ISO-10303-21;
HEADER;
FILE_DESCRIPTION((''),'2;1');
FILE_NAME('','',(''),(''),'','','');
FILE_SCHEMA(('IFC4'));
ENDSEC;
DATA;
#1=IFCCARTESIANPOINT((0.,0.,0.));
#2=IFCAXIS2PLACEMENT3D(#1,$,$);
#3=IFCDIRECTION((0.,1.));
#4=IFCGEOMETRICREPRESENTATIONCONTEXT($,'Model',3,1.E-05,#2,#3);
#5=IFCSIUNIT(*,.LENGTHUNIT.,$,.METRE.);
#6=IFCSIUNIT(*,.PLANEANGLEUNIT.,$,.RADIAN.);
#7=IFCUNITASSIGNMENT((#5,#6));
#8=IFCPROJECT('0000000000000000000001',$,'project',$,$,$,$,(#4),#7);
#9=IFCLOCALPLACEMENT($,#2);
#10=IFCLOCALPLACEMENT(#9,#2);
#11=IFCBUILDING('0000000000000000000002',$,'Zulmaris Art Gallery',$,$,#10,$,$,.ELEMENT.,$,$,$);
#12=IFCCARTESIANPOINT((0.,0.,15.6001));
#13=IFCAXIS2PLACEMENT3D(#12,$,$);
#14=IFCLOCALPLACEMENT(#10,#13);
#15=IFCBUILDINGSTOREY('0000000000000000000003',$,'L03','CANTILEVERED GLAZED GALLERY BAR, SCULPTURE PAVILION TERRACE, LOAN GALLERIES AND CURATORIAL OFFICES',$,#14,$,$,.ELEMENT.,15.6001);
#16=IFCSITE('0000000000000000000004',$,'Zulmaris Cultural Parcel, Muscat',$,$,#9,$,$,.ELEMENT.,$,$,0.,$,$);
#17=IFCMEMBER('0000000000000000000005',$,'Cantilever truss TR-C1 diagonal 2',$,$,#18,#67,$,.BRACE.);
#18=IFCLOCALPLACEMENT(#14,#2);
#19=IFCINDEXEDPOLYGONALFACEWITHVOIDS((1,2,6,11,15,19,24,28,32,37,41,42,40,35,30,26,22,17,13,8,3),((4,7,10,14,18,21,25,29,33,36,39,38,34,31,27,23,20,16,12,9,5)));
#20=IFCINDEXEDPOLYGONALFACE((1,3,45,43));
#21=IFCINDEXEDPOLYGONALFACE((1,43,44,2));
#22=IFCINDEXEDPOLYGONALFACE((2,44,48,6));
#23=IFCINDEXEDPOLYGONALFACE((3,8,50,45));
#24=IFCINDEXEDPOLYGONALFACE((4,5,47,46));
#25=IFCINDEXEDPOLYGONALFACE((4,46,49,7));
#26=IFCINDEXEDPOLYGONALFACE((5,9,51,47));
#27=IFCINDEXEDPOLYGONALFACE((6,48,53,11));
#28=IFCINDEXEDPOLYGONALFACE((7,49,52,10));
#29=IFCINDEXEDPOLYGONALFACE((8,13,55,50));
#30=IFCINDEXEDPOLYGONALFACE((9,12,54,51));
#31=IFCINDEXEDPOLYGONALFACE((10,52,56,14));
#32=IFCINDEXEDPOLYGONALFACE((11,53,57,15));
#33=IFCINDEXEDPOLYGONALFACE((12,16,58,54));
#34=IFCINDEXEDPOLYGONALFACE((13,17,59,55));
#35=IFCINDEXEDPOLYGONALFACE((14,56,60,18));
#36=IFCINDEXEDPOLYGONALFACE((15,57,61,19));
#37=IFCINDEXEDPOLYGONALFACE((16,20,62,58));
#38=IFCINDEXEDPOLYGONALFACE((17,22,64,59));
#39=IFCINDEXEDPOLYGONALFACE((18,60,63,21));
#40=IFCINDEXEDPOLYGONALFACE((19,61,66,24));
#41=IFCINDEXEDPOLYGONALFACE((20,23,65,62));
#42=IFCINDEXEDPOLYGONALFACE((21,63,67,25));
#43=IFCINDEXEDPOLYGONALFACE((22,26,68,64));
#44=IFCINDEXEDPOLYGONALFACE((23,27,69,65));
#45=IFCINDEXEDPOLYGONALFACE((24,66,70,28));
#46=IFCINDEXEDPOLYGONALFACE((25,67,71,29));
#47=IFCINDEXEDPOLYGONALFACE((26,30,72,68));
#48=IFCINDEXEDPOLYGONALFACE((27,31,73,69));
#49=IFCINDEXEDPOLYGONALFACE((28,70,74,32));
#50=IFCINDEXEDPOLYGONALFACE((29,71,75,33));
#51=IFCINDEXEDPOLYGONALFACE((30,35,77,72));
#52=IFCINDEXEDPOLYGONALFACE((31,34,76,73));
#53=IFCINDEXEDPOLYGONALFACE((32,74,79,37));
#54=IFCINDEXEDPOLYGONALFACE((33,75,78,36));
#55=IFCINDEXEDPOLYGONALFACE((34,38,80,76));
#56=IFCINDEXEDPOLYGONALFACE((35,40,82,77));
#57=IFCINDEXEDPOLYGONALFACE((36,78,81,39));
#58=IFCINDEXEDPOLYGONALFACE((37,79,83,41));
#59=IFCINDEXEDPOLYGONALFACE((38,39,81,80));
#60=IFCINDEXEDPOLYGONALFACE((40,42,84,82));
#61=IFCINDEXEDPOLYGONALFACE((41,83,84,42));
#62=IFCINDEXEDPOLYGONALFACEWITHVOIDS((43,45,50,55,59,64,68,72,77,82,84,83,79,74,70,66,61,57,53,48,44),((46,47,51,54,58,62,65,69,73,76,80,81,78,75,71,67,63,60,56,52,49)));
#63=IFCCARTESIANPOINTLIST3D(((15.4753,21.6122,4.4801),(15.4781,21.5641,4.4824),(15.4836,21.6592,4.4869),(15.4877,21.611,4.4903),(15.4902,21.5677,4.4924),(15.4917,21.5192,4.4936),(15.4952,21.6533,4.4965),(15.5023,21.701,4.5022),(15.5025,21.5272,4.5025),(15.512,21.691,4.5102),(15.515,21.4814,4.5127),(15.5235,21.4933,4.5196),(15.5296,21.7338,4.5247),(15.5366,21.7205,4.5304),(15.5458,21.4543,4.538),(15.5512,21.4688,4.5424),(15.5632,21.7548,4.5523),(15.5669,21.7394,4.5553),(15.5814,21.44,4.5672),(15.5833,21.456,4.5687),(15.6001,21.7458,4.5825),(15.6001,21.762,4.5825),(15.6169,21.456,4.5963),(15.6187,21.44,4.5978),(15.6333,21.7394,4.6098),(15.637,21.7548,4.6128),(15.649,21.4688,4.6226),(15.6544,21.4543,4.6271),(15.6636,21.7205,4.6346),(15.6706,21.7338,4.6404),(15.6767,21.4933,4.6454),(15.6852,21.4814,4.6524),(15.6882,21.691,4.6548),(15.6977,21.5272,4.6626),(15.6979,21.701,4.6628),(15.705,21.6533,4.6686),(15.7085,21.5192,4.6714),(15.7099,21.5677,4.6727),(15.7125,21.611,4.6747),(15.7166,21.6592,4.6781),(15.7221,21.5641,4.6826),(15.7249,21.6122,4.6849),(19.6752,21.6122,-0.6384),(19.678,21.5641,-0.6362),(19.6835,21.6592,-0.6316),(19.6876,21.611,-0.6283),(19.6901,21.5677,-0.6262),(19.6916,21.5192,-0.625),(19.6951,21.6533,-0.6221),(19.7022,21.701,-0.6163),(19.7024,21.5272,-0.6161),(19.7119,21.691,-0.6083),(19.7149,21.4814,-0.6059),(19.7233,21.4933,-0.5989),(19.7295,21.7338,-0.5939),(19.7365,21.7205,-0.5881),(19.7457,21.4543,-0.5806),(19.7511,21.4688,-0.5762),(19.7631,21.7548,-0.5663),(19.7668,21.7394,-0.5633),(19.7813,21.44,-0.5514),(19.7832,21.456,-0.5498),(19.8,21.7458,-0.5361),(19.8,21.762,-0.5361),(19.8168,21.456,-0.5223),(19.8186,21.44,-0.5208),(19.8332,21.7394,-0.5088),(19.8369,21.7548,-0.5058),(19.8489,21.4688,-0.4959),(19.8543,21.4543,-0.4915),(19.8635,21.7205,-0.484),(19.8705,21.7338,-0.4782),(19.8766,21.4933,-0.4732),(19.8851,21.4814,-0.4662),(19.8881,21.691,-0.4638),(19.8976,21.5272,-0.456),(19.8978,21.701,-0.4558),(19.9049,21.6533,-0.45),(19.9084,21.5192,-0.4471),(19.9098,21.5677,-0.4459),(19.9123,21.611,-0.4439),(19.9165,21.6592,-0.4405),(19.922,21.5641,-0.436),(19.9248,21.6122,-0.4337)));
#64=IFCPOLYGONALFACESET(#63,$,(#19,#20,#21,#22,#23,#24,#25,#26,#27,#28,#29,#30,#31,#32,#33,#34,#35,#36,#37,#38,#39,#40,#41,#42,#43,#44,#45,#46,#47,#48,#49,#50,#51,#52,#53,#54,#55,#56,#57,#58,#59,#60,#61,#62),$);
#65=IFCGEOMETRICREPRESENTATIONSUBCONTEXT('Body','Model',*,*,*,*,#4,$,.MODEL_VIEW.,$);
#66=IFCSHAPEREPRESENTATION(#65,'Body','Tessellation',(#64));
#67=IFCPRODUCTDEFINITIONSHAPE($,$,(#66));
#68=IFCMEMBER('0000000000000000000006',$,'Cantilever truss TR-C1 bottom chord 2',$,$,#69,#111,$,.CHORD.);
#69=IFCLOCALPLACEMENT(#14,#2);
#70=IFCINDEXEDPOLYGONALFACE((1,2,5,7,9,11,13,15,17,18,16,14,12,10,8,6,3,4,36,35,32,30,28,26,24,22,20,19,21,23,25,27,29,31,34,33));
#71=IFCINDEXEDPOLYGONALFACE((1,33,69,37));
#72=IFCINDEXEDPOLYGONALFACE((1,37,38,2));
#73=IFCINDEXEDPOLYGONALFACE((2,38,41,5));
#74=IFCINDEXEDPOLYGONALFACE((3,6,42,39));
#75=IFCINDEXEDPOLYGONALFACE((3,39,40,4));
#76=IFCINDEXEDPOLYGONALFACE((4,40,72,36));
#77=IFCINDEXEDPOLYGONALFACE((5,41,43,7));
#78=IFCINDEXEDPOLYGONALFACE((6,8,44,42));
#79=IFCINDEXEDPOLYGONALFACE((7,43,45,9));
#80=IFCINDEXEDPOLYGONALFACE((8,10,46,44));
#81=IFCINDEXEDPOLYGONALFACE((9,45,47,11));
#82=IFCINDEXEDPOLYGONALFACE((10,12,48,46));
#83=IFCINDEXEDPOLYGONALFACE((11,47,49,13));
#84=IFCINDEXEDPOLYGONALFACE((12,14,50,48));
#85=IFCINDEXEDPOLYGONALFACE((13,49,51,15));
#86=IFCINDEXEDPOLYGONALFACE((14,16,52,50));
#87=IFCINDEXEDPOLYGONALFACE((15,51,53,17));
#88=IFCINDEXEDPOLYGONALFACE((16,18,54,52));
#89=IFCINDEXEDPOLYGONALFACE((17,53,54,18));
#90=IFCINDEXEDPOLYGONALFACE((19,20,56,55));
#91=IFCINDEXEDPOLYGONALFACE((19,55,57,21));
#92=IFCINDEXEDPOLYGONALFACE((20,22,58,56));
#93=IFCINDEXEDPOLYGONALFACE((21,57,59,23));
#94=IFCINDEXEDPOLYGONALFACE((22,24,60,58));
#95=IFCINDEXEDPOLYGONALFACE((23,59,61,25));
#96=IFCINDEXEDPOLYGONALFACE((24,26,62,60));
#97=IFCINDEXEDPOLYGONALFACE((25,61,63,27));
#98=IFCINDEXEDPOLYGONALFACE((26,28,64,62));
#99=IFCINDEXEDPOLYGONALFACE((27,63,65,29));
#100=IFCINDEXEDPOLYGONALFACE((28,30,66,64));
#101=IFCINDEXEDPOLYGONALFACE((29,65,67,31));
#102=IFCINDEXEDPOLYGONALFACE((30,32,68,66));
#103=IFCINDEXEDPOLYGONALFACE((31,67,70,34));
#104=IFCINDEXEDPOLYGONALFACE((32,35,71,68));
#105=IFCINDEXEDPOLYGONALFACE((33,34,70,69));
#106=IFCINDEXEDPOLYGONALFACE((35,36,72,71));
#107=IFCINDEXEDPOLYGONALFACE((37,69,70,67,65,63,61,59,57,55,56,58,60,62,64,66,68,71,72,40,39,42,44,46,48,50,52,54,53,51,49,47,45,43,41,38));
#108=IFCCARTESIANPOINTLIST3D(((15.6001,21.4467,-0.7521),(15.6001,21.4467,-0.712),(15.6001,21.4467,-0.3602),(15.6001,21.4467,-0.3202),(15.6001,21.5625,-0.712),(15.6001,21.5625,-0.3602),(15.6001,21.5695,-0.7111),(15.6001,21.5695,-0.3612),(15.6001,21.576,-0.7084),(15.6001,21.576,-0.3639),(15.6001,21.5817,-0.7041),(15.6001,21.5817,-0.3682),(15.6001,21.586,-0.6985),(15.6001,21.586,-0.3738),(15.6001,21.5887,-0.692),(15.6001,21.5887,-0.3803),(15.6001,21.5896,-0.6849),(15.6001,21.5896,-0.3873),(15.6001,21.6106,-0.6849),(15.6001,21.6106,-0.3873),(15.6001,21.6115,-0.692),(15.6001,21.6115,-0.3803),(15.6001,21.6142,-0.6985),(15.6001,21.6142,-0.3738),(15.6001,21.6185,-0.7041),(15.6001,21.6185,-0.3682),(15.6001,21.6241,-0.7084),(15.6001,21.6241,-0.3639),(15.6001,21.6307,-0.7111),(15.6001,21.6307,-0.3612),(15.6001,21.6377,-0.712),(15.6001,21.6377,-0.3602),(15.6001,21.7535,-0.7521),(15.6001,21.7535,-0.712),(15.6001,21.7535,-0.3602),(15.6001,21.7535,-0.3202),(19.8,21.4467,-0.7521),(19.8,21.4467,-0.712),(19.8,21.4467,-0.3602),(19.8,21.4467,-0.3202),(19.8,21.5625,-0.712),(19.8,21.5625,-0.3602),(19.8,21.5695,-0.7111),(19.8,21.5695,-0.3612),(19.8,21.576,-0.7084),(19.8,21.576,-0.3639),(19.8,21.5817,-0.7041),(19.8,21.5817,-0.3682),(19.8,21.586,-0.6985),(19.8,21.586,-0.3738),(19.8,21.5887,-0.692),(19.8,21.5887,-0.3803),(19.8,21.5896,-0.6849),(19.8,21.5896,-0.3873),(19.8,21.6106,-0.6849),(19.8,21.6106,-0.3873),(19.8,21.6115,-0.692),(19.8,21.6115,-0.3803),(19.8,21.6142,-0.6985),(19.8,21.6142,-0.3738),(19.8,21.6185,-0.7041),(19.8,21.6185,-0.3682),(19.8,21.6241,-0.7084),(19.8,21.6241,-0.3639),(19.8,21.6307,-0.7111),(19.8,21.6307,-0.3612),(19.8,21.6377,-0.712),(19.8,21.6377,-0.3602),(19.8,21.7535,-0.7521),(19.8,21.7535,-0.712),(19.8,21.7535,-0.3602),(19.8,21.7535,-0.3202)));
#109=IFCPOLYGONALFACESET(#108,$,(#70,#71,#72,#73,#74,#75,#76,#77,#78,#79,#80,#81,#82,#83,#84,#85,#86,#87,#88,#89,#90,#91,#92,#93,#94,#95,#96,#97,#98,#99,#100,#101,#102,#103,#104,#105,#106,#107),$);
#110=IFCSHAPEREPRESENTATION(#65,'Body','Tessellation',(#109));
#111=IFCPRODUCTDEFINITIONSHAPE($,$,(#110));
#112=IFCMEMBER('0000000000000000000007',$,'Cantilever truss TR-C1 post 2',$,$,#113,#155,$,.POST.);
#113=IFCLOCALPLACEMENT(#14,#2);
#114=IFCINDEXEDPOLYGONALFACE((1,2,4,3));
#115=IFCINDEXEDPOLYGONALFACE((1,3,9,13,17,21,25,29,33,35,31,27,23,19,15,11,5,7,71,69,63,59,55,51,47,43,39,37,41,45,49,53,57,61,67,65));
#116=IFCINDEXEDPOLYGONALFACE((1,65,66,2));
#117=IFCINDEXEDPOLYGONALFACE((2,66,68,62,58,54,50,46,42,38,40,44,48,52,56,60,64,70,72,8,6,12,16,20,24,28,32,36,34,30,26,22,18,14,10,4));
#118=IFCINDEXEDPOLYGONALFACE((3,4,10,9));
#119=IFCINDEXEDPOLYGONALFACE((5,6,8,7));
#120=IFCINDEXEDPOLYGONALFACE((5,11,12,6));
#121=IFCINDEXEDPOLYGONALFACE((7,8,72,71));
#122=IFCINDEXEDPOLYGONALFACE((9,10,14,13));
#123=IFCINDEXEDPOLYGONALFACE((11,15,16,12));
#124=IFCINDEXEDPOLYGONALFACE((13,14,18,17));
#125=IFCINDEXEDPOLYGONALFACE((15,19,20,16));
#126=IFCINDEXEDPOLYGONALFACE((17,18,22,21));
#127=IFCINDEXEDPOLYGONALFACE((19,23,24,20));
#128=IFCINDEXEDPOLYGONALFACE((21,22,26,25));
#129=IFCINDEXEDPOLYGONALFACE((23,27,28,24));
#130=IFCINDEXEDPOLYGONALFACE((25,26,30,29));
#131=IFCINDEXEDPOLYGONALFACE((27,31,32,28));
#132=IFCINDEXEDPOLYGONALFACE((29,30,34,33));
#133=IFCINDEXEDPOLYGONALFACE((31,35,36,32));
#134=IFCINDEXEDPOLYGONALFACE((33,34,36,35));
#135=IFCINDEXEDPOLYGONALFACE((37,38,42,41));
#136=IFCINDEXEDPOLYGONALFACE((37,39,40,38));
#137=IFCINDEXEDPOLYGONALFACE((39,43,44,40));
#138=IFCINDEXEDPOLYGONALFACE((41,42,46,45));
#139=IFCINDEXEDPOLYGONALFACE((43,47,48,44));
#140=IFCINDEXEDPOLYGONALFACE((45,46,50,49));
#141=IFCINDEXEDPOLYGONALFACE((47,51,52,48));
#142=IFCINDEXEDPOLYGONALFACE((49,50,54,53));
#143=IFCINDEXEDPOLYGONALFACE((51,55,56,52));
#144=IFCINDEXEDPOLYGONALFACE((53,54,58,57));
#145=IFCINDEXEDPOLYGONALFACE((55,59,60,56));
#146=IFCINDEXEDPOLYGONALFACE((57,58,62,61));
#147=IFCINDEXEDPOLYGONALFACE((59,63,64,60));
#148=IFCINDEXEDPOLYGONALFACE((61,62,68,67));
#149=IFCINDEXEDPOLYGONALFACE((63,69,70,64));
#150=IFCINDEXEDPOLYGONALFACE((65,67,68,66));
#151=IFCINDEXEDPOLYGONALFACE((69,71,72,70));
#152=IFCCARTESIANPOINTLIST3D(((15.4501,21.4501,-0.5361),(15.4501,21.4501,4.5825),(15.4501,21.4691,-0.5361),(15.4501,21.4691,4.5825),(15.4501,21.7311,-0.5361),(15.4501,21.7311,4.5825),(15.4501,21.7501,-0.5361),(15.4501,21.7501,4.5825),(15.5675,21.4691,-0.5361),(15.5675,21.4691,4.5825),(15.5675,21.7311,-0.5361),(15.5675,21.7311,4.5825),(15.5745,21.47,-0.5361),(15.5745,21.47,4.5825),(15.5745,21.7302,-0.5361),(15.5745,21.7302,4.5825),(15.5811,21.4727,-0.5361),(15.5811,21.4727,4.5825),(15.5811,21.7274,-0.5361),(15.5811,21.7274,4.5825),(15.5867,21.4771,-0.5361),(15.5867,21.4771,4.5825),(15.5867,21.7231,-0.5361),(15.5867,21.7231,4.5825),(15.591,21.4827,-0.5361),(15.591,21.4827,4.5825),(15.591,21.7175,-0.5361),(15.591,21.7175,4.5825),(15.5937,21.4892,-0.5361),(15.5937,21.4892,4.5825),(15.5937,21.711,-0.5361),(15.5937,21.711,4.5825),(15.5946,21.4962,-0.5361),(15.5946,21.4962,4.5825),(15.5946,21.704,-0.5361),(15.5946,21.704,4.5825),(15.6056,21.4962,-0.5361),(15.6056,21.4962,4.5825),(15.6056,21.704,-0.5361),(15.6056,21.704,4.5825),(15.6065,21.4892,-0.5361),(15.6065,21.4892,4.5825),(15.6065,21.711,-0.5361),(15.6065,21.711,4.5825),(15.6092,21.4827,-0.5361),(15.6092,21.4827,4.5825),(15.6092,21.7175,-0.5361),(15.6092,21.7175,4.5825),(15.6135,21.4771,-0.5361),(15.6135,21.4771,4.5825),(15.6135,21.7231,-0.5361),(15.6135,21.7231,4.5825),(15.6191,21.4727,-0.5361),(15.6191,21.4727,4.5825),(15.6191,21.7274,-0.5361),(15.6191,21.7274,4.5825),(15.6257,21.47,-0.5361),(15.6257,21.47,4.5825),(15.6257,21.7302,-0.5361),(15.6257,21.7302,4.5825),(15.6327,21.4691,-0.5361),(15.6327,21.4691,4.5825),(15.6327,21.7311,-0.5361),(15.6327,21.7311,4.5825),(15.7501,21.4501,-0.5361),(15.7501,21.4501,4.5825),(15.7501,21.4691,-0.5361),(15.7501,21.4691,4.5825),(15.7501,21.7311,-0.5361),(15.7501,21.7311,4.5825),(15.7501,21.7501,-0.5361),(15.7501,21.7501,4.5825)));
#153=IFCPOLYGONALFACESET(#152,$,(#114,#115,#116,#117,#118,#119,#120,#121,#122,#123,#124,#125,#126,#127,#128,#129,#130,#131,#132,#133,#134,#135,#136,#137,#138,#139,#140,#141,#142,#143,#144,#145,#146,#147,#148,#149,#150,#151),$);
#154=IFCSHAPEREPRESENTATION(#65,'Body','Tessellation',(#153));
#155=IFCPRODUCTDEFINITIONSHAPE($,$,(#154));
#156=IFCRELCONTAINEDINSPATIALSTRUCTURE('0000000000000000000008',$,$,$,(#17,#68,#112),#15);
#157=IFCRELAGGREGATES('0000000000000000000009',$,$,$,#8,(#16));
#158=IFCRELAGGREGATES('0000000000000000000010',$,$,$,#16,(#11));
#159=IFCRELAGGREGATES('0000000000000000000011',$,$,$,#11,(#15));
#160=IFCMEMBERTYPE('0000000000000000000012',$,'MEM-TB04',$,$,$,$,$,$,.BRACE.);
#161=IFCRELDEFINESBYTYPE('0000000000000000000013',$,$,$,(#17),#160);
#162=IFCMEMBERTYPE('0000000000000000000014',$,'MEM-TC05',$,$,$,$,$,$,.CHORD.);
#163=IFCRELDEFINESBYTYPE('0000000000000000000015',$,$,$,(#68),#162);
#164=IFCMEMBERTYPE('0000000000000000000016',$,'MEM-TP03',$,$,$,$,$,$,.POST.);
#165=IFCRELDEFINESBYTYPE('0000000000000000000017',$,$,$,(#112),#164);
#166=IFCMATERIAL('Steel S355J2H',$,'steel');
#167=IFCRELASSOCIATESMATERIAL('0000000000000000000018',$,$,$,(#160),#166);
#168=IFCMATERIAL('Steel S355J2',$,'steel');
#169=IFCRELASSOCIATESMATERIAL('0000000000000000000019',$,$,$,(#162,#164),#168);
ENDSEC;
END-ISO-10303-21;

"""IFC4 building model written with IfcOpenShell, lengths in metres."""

from ifc_helpers import new_model, si_unit, direction, frame, origin, origin_2d, place, context, subcontext, project, spatial, hollow_circle, i_section, extrude, material, material_profile, profile_set, type_object, element, save


model = new_model("IFC4")

# Units and contexts
model_context = context("Model", 3, precision=1e-05, world=origin(), true_north=direction((0.0, 1.0)))
body_context = subcontext(model_context, "Body", "Model", "MODEL_VIEW")
ifc_project = project(units=[si_unit("LENGTHUNIT", "METRE"), si_unit("PLANEANGLEUNIT", "RADIAN")], contexts=[model_context])

# Site, building, storey
site_placement = place(None, origin())
site = spatial("IfcSite", under=ifc_project, at=site_placement, Name="Zulmaris Cultural Parcel, Muscat", CompositionType="ELEMENT", RefElevation=0.0)
building_placement = place(site_placement, origin())
building = spatial("IfcBuilding", under=site, at=building_placement, Name="Zulmaris Art Gallery", CompositionType="ELEMENT")
storey_placement = place(building_placement, frame((0.0, 0.0, 15.6001)))
storey = spatial("IfcBuildingStorey", under=building, at=storey_placement, Name="L03", Description="CANTILEVERED GLAZED GALLERY BAR, SCULPTURE PAVILION TERRACE, LOAN GALLERIES AND CURATORIAL OFFICES", CompositionType="ELEMENT", Elevation=15.6001)

# Shared definitions
ifc_material_1 = material(Name="Steel S355J2", Category="steel")

# Members
ifc_material_2 = material(Name="Steel S355J2H", Category="steel")
ifc_material_profile_1 = material_profile(ifc_material_2, hollow_circle(Radius=0.1619, WallThickness=0.0161, at=origin_2d()), Name="CHS 323.9x16")
ifc_profile_set_1 = profile_set([ifc_material_profile_1], Name="Steel S355J2H")
member_type_1 = type_object("IfcMemberType", Name="MEM-TB04", PredefinedType="BRACE", material=ifc_profile_set_1)
member_1_placement = place(storey_placement, frame((15.6001, 21.6001, 4.5825), z_axis=(0.634319, 0.0, -0.773071), x_axis=(0.0, 1.0, 0.0)))
element("IfcMember", 1, at=member_1_placement, inside=storey, type_object=member_type_1, Name="Cantilever truss TR-C1 diagonal 2", PredefinedType="BRACE", context=body_context, shape_type="SweptSolid", body=[
    extrude(hollow_circle(Radius=0.1619, WallThickness=0.0161, at=origin_2d()), origin(), (0.0, 0.0, 1.0), 6.6211),
])
ifc_material_profile_2 = material_profile(ifc_material_1, i_section(OverallWidth=0.3069, OverallDepth=0.4319, WebThickness=0.021, FlangeThickness=0.04, FilletRadius=0.0271, at=origin_2d()), Name="HEM 400")
ifc_profile_set_2 = profile_set([ifc_material_profile_2], Name="Steel S355J2")
member_type_2 = type_object("IfcMemberType", Name="MEM-TC05", PredefinedType="CHORD", material=ifc_profile_set_2)
member_2_placement = place(storey_placement, frame((15.6001, 21.6001, -0.5361), z_axis=(1.0, 0.0, 0.0), x_axis=(0.0, 1.0, 0.0)))
element("IfcMember", 2, at=member_2_placement, inside=storey, type_object=member_type_2, Name="Cantilever truss TR-C1 bottom chord 2", PredefinedType="CHORD", context=body_context, shape_type="SweptSolid", body=[
    extrude(i_section(OverallWidth=0.3069, OverallDepth=0.4319, WebThickness=0.021, FlangeThickness=0.04, FilletRadius=0.0271, at=origin_2d()), origin(), (0.0, 0.0, 1.0), 4.2),
])
ifc_material_profile_3 = material_profile(ifc_material_1, i_section(OverallWidth=0.3, OverallDepth=0.3, WebThickness=0.011, FlangeThickness=0.019, FilletRadius=0.0271, at=origin_2d()), Name="HEB 300")
ifc_profile_set_3 = profile_set([ifc_material_profile_3], Name="Steel S355J2")
member_type_3 = type_object("IfcMemberType", Name="MEM-TP03", PredefinedType="POST", material=ifc_profile_set_3)
member_3_placement = place(storey_placement, frame((15.6001, 21.6001, -0.5361), z_axis=(0.0, 0.0, 1.0), x_axis=(1.0, 0.0, 0.0)))
element("IfcMember", 3, at=member_3_placement, inside=storey, type_object=member_type_3, Name="Cantilever truss TR-C1 post 2", PredefinedType="POST", context=body_context, shape_type="SweptSolid", body=[
    extrude(i_section(OverallWidth=0.3, OverallDepth=0.3, WebThickness=0.011, FlangeThickness=0.019, FilletRadius=0.0271, at=origin_2d()), origin(), (0.0, 0.0, 1.0), 5.1187),
])

save(model, "model.ifc")
